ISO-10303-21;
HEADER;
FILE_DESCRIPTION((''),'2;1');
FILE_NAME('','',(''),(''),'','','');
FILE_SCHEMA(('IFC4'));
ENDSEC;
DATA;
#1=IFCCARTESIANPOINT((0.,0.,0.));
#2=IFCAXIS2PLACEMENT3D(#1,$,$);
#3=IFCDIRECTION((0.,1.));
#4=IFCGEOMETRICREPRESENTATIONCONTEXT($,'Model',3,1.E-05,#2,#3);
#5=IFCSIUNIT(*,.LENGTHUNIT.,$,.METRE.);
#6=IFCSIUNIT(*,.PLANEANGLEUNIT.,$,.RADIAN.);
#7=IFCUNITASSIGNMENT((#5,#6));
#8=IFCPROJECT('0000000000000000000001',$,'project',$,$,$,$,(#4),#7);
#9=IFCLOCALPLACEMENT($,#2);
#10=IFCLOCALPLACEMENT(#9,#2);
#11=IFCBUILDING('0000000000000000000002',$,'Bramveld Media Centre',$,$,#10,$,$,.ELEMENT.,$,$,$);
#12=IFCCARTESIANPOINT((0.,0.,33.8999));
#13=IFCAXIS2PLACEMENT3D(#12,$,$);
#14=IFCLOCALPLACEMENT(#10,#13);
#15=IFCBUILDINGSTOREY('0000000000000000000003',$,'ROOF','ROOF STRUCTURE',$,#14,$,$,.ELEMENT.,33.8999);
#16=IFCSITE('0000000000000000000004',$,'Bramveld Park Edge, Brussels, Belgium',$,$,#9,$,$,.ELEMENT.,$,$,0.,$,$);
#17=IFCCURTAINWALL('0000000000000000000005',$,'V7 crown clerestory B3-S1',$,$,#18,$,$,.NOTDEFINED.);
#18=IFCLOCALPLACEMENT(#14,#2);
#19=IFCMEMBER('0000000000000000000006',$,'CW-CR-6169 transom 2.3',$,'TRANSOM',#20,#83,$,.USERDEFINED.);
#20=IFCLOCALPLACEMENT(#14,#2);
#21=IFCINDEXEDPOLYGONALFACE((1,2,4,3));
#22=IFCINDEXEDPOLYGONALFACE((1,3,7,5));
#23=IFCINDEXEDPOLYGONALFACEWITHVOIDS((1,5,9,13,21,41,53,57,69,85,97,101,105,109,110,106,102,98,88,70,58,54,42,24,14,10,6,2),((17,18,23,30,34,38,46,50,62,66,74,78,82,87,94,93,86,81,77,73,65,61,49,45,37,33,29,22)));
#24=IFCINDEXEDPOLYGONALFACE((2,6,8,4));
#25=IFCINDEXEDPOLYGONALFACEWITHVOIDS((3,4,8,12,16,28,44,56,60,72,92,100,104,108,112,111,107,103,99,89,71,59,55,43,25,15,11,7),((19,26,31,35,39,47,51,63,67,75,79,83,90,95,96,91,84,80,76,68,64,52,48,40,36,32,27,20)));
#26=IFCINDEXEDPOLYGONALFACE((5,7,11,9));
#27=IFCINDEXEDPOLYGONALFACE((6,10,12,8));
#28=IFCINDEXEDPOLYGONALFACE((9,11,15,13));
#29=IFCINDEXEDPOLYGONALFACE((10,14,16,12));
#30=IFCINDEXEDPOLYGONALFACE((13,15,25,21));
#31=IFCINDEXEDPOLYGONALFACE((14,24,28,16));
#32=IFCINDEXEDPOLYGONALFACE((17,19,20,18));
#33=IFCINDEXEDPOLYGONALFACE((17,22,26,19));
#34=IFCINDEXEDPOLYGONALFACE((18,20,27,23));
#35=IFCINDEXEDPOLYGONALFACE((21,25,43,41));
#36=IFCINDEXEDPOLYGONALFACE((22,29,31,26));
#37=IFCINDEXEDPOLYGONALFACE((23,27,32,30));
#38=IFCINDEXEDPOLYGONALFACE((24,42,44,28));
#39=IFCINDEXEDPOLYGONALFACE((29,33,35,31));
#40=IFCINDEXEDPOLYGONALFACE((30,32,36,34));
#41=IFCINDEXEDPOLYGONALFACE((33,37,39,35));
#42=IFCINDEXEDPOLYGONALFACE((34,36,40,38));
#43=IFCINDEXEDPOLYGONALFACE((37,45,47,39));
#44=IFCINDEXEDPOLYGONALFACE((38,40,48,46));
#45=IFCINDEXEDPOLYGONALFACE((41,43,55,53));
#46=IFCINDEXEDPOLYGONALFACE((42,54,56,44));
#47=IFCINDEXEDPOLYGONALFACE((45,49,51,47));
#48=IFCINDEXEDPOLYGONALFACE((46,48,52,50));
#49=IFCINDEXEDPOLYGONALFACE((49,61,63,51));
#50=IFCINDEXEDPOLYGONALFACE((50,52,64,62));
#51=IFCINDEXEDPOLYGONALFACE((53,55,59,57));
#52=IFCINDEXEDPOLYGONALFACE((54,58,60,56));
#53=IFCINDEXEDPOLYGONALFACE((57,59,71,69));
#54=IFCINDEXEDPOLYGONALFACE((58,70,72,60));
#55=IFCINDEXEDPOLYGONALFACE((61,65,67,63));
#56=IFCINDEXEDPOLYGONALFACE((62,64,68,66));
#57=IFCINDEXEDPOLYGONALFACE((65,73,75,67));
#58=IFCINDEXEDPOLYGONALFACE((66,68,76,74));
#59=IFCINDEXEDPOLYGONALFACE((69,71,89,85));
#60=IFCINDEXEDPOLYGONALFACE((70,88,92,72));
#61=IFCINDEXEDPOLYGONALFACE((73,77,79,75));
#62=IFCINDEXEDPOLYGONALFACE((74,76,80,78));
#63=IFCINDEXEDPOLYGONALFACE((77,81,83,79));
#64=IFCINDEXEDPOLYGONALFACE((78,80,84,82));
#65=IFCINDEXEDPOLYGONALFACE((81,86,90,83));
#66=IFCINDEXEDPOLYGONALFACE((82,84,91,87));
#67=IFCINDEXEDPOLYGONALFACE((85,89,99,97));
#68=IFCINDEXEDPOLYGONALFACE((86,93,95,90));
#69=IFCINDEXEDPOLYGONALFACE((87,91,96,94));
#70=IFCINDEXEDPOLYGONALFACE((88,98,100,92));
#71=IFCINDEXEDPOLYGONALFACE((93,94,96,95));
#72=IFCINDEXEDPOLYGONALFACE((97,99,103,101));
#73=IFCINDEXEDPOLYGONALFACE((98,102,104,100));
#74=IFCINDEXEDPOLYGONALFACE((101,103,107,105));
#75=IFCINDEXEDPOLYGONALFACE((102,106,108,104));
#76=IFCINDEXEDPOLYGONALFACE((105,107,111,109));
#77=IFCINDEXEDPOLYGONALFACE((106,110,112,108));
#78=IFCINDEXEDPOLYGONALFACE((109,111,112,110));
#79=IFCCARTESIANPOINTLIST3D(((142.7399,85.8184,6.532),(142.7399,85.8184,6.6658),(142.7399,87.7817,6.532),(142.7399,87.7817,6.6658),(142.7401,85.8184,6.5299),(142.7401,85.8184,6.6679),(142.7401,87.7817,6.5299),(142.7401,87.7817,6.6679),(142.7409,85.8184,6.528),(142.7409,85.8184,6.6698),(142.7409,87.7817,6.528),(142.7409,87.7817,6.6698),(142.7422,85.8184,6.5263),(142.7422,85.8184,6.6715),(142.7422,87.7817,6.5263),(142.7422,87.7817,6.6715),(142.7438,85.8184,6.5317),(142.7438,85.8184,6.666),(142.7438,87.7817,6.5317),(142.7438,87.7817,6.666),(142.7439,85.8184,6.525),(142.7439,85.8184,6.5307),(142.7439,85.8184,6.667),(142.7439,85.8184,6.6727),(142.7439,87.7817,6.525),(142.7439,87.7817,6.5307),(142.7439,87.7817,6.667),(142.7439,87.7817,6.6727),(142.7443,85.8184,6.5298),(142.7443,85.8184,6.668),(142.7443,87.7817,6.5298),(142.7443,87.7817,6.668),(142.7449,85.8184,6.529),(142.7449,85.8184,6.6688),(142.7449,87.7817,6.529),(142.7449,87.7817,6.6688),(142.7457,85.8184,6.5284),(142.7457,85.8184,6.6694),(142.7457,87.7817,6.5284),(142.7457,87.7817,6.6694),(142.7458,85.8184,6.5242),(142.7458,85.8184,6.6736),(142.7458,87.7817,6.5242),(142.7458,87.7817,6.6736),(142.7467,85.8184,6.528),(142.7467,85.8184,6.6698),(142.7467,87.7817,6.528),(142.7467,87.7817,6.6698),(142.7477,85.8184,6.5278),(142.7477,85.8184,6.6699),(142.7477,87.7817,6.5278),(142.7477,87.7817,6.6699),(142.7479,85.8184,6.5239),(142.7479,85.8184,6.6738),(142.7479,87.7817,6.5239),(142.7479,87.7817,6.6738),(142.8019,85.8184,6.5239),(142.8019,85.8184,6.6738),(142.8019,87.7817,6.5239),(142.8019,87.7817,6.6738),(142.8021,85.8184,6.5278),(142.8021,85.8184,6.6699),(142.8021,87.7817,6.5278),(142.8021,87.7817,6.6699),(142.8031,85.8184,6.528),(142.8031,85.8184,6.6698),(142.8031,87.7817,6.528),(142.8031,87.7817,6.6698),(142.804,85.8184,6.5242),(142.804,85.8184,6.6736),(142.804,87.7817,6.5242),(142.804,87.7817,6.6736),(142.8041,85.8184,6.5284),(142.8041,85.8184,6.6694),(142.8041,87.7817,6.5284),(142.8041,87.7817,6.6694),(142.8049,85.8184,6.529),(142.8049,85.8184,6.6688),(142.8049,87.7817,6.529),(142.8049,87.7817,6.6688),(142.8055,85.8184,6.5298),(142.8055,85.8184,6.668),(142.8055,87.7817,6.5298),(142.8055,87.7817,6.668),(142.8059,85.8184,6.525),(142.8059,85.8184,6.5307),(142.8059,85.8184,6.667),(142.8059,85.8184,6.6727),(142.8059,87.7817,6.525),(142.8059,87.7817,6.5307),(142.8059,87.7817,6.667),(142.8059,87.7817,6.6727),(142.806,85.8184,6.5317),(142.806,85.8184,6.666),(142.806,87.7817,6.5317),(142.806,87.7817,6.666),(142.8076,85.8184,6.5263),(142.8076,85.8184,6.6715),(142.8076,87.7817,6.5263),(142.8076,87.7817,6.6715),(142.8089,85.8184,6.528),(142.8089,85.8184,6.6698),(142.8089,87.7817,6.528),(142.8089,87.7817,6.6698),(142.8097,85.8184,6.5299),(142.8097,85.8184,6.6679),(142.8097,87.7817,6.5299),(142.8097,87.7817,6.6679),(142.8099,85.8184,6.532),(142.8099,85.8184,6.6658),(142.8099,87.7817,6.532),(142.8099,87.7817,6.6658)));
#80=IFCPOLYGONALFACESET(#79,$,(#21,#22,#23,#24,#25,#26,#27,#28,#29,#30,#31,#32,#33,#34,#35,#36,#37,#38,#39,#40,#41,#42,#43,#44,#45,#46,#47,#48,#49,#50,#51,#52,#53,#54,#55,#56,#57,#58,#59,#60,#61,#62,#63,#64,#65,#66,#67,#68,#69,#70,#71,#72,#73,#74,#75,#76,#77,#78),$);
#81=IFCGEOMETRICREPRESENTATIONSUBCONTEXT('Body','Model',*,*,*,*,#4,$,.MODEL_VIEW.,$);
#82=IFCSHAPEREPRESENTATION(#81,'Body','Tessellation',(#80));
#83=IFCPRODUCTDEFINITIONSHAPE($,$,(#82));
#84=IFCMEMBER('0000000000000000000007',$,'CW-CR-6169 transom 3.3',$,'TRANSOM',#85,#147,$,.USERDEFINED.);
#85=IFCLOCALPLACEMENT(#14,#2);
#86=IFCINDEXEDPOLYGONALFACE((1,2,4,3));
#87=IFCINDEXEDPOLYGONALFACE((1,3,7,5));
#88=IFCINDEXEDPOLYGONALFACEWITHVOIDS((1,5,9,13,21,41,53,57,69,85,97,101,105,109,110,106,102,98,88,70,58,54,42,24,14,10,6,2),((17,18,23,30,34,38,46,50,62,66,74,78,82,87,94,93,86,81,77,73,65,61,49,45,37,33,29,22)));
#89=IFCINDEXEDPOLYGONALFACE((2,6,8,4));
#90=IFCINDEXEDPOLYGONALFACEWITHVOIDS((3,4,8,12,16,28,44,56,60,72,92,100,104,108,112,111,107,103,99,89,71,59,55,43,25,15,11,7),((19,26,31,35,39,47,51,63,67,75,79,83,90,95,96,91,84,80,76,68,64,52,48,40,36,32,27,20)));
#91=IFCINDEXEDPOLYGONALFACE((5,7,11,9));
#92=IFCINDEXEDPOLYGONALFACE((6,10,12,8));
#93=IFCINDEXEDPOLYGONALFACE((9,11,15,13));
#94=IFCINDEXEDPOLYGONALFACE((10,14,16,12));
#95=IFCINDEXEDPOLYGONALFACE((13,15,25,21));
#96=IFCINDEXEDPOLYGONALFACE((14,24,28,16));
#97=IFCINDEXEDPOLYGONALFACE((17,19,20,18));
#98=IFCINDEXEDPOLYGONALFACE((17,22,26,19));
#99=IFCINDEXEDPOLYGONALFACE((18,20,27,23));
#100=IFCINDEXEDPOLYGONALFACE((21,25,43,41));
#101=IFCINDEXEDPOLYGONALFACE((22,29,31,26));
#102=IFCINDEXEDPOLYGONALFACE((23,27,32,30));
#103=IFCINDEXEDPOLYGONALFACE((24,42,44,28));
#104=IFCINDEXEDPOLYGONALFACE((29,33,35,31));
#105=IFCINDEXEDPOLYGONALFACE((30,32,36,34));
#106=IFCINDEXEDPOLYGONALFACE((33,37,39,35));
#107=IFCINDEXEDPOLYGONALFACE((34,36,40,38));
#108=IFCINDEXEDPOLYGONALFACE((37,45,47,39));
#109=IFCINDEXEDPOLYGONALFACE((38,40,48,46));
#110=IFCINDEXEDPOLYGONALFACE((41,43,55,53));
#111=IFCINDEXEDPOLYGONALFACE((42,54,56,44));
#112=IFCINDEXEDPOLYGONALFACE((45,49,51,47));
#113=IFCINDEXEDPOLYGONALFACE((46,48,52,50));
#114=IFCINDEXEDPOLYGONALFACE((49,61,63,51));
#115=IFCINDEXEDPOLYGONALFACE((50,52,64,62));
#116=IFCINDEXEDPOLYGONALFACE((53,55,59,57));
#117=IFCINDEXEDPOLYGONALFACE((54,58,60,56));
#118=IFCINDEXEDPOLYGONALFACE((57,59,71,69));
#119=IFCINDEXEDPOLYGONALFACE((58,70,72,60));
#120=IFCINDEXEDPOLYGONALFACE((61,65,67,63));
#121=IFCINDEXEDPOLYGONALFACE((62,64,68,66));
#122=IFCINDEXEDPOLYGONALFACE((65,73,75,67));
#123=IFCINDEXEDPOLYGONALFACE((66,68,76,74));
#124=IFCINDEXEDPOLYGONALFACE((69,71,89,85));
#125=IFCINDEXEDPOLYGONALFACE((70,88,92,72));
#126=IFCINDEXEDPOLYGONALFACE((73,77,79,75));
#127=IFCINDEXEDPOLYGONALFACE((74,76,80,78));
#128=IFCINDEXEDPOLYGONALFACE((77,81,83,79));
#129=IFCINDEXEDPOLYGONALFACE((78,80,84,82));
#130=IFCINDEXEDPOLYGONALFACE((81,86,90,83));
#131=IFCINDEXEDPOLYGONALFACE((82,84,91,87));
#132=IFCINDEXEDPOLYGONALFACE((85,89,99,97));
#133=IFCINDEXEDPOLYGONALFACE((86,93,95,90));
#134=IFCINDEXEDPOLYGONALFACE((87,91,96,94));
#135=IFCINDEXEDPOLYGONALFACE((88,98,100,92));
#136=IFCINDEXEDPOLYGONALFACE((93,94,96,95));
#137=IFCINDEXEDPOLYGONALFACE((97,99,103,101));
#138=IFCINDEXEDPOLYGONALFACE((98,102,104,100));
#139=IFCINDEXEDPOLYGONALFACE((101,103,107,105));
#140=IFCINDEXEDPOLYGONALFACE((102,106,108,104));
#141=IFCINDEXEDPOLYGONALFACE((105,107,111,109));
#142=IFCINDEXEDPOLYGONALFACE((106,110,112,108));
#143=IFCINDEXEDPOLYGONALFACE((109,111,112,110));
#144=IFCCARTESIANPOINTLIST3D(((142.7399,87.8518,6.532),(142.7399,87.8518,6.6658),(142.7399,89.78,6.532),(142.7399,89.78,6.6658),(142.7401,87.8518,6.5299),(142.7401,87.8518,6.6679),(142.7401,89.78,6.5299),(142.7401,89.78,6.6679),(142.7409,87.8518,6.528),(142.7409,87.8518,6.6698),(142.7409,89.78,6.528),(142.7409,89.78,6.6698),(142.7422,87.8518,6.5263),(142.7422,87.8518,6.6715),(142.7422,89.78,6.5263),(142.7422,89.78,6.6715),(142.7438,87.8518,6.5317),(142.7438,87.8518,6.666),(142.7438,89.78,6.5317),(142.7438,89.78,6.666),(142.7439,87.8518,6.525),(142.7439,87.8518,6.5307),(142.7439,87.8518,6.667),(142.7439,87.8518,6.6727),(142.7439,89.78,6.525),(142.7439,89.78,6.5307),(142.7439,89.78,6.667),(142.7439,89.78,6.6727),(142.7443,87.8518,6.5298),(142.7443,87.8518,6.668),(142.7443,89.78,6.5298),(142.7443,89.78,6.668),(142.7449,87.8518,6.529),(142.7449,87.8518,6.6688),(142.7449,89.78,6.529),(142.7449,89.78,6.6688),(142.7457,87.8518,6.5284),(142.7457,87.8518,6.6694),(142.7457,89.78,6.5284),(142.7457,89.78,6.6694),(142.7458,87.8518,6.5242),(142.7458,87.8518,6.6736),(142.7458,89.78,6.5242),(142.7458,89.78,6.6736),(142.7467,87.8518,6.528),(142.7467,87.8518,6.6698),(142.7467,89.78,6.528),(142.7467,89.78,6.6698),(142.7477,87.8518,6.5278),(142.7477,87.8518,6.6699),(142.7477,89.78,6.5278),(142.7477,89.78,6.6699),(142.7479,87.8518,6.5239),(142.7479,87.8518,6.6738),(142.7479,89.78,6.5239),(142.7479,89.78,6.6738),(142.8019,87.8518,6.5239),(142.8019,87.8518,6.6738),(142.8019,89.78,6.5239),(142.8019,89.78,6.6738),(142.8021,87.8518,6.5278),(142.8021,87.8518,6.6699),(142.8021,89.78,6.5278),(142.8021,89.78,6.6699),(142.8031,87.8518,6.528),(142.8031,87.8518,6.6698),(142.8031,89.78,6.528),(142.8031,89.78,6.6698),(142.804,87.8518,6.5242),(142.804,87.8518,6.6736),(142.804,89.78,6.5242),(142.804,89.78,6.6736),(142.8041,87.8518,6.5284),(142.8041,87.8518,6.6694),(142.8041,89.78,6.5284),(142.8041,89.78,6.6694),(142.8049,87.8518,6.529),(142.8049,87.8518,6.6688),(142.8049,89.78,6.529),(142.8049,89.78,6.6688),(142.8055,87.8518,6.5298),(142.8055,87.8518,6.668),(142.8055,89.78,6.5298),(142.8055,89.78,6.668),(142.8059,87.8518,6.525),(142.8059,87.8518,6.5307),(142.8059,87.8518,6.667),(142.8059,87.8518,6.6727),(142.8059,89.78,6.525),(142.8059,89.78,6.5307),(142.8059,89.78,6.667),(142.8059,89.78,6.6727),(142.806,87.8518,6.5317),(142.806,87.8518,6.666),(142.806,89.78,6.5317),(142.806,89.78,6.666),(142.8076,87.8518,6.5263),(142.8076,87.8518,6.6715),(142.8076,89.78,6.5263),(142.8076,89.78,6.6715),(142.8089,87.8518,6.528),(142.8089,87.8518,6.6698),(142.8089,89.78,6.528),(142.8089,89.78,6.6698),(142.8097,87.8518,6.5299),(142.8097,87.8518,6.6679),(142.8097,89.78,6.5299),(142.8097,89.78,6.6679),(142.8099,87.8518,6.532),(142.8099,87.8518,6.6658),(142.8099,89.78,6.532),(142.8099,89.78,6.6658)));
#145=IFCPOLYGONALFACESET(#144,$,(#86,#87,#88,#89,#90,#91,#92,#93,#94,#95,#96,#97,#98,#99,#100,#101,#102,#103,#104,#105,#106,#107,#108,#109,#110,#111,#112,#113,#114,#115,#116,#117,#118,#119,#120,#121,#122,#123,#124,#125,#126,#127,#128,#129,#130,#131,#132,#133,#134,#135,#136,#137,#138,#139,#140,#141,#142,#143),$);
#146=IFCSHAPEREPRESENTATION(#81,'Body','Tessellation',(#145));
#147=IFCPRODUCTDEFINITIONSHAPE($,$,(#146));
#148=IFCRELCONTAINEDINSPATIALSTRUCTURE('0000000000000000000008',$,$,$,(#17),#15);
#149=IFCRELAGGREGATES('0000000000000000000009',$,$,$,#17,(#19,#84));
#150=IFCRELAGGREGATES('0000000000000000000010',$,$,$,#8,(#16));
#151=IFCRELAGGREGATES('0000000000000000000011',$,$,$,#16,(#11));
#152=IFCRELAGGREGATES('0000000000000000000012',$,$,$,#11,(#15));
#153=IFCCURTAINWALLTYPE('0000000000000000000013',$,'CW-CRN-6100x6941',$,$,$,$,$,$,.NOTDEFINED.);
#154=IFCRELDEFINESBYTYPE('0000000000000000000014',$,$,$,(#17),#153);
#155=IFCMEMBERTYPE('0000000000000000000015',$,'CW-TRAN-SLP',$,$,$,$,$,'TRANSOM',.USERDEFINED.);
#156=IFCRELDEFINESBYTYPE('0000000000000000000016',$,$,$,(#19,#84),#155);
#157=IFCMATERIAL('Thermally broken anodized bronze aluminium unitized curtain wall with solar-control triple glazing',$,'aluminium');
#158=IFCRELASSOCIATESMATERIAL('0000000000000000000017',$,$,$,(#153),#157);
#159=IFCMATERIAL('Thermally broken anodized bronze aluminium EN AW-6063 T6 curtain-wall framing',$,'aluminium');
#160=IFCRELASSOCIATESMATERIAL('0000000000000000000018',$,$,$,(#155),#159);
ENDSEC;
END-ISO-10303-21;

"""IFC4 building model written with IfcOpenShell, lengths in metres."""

from ifc_helpers import new_model, si_unit, direction, frame, origin, origin_2d, place, context, subcontext, project, spatial, hollow_rectangle, extrude, material, material_profile, profile_set, type_object, element, aggregate, save


model = new_model("IFC4")

# Units and contexts
model_context = context("Model", 3, precision=1e-05, world=origin(), true_north=direction((0.0, 1.0)))
body_context = subcontext(model_context, "Body", "Model", "MODEL_VIEW")
ifc_project = project(units=[si_unit("LENGTHUNIT", "METRE"), si_unit("PLANEANGLEUNIT", "RADIAN")], contexts=[model_context])

# Site, building, storey
site_placement = place(None, origin())
site = spatial("IfcSite", under=ifc_project, at=site_placement, Name="Bramveld Park Edge, Brussels, Belgium", CompositionType="ELEMENT", RefElevation=0.0)
building_placement = place(site_placement, origin())
building = spatial("IfcBuilding", under=site, at=building_placement, Name="Bramveld Media Centre", CompositionType="ELEMENT")
storey_placement = place(building_placement, frame((0.0, 0.0, 33.8999)))
storey = spatial("IfcBuildingStorey", under=building, at=storey_placement, Name="ROOF", Description="ROOF STRUCTURE", CompositionType="ELEMENT", Elevation=33.8999)

# Curtain wall, members
ifc_material_1 = material(Name="Thermally broken anodized bronze aluminium unitized curtain wall with solar-control triple glazing", Category="aluminium")
curtain_wall_type = type_object("IfcCurtainWallType", Name="CW-CRN-6100x6941", PredefinedType="NOTDEFINED", material=ifc_material_1)
ifc_material_2 = material(Name="Thermally broken anodized bronze aluminium EN AW-6063 T6 curtain-wall framing", Category="aluminium")
ifc_material_profile_1 = material_profile(ifc_material_2, hollow_rectangle(XDim=0.0701, YDim=0.1499, WallThickness=0.0039, InnerFilletRadius=0.0039, OuterFilletRadius=0.0081, at=origin_2d()), Name="AL-TRAN 70x150")
ifc_profile_set_1 = profile_set([ifc_material_profile_1], Name="Thermally broken anodized bronze aluminium EN AW-6063 T6 curtain-wall framing")
member_type_1 = type_object("IfcMemberType", Name="CW-TRAN-SLP", ElementType="TRANSOM", PredefinedType="USERDEFINED", material=ifc_profile_set_1)
curtain_wall_1_placement = place(storey_placement, origin())
curtain_wall_1 = element("IfcCurtainWall", 1, at=curtain_wall_1_placement, inside=storey, type_object=curtain_wall_type, Name="V7 crown clerestory B3-S1", PredefinedType="NOTDEFINED")
member_1_placement = place(storey_placement, frame((142.7749, 85.8184, 6.5989), z_axis=(0.0, 1.0, 0.0), x_axis=(-1.0, 0.0, 0.0)))
member_1 = element("IfcMember", 2, at=member_1_placement, type_object=member_type_1, Name="CW-CR-6169 transom 2.3", ObjectType="TRANSOM", PredefinedType="USERDEFINED", context=body_context, shape_type="SweptSolid", body=[
    extrude(hollow_rectangle(XDim=0.0701, YDim=0.1499, WallThickness=0.0039, InnerFilletRadius=0.0039, OuterFilletRadius=0.0081, at=origin_2d()), origin(), (0.0, 0.0, 1.0), 1.9634),
])
member_2_placement = place(storey_placement, frame((142.7749, 87.8518, 6.5989), z_axis=(0.0, 1.0, 0.0), x_axis=(-1.0, 0.0, 0.0)))
member_2 = element("IfcMember", 3, at=member_2_placement, type_object=member_type_1, Name="CW-CR-6169 transom 3.3", ObjectType="TRANSOM", PredefinedType="USERDEFINED", context=body_context, shape_type="SweptSolid", body=[
    extrude(hollow_rectangle(XDim=0.0701, YDim=0.1499, WallThickness=0.0039, InnerFilletRadius=0.0039, OuterFilletRadius=0.0081, at=origin_2d()), origin(), (0.0, 0.0, 1.0), 1.9282),
])

aggregate(curtain_wall_1, [member_1, member_2])

save(model, "model.ifc")
